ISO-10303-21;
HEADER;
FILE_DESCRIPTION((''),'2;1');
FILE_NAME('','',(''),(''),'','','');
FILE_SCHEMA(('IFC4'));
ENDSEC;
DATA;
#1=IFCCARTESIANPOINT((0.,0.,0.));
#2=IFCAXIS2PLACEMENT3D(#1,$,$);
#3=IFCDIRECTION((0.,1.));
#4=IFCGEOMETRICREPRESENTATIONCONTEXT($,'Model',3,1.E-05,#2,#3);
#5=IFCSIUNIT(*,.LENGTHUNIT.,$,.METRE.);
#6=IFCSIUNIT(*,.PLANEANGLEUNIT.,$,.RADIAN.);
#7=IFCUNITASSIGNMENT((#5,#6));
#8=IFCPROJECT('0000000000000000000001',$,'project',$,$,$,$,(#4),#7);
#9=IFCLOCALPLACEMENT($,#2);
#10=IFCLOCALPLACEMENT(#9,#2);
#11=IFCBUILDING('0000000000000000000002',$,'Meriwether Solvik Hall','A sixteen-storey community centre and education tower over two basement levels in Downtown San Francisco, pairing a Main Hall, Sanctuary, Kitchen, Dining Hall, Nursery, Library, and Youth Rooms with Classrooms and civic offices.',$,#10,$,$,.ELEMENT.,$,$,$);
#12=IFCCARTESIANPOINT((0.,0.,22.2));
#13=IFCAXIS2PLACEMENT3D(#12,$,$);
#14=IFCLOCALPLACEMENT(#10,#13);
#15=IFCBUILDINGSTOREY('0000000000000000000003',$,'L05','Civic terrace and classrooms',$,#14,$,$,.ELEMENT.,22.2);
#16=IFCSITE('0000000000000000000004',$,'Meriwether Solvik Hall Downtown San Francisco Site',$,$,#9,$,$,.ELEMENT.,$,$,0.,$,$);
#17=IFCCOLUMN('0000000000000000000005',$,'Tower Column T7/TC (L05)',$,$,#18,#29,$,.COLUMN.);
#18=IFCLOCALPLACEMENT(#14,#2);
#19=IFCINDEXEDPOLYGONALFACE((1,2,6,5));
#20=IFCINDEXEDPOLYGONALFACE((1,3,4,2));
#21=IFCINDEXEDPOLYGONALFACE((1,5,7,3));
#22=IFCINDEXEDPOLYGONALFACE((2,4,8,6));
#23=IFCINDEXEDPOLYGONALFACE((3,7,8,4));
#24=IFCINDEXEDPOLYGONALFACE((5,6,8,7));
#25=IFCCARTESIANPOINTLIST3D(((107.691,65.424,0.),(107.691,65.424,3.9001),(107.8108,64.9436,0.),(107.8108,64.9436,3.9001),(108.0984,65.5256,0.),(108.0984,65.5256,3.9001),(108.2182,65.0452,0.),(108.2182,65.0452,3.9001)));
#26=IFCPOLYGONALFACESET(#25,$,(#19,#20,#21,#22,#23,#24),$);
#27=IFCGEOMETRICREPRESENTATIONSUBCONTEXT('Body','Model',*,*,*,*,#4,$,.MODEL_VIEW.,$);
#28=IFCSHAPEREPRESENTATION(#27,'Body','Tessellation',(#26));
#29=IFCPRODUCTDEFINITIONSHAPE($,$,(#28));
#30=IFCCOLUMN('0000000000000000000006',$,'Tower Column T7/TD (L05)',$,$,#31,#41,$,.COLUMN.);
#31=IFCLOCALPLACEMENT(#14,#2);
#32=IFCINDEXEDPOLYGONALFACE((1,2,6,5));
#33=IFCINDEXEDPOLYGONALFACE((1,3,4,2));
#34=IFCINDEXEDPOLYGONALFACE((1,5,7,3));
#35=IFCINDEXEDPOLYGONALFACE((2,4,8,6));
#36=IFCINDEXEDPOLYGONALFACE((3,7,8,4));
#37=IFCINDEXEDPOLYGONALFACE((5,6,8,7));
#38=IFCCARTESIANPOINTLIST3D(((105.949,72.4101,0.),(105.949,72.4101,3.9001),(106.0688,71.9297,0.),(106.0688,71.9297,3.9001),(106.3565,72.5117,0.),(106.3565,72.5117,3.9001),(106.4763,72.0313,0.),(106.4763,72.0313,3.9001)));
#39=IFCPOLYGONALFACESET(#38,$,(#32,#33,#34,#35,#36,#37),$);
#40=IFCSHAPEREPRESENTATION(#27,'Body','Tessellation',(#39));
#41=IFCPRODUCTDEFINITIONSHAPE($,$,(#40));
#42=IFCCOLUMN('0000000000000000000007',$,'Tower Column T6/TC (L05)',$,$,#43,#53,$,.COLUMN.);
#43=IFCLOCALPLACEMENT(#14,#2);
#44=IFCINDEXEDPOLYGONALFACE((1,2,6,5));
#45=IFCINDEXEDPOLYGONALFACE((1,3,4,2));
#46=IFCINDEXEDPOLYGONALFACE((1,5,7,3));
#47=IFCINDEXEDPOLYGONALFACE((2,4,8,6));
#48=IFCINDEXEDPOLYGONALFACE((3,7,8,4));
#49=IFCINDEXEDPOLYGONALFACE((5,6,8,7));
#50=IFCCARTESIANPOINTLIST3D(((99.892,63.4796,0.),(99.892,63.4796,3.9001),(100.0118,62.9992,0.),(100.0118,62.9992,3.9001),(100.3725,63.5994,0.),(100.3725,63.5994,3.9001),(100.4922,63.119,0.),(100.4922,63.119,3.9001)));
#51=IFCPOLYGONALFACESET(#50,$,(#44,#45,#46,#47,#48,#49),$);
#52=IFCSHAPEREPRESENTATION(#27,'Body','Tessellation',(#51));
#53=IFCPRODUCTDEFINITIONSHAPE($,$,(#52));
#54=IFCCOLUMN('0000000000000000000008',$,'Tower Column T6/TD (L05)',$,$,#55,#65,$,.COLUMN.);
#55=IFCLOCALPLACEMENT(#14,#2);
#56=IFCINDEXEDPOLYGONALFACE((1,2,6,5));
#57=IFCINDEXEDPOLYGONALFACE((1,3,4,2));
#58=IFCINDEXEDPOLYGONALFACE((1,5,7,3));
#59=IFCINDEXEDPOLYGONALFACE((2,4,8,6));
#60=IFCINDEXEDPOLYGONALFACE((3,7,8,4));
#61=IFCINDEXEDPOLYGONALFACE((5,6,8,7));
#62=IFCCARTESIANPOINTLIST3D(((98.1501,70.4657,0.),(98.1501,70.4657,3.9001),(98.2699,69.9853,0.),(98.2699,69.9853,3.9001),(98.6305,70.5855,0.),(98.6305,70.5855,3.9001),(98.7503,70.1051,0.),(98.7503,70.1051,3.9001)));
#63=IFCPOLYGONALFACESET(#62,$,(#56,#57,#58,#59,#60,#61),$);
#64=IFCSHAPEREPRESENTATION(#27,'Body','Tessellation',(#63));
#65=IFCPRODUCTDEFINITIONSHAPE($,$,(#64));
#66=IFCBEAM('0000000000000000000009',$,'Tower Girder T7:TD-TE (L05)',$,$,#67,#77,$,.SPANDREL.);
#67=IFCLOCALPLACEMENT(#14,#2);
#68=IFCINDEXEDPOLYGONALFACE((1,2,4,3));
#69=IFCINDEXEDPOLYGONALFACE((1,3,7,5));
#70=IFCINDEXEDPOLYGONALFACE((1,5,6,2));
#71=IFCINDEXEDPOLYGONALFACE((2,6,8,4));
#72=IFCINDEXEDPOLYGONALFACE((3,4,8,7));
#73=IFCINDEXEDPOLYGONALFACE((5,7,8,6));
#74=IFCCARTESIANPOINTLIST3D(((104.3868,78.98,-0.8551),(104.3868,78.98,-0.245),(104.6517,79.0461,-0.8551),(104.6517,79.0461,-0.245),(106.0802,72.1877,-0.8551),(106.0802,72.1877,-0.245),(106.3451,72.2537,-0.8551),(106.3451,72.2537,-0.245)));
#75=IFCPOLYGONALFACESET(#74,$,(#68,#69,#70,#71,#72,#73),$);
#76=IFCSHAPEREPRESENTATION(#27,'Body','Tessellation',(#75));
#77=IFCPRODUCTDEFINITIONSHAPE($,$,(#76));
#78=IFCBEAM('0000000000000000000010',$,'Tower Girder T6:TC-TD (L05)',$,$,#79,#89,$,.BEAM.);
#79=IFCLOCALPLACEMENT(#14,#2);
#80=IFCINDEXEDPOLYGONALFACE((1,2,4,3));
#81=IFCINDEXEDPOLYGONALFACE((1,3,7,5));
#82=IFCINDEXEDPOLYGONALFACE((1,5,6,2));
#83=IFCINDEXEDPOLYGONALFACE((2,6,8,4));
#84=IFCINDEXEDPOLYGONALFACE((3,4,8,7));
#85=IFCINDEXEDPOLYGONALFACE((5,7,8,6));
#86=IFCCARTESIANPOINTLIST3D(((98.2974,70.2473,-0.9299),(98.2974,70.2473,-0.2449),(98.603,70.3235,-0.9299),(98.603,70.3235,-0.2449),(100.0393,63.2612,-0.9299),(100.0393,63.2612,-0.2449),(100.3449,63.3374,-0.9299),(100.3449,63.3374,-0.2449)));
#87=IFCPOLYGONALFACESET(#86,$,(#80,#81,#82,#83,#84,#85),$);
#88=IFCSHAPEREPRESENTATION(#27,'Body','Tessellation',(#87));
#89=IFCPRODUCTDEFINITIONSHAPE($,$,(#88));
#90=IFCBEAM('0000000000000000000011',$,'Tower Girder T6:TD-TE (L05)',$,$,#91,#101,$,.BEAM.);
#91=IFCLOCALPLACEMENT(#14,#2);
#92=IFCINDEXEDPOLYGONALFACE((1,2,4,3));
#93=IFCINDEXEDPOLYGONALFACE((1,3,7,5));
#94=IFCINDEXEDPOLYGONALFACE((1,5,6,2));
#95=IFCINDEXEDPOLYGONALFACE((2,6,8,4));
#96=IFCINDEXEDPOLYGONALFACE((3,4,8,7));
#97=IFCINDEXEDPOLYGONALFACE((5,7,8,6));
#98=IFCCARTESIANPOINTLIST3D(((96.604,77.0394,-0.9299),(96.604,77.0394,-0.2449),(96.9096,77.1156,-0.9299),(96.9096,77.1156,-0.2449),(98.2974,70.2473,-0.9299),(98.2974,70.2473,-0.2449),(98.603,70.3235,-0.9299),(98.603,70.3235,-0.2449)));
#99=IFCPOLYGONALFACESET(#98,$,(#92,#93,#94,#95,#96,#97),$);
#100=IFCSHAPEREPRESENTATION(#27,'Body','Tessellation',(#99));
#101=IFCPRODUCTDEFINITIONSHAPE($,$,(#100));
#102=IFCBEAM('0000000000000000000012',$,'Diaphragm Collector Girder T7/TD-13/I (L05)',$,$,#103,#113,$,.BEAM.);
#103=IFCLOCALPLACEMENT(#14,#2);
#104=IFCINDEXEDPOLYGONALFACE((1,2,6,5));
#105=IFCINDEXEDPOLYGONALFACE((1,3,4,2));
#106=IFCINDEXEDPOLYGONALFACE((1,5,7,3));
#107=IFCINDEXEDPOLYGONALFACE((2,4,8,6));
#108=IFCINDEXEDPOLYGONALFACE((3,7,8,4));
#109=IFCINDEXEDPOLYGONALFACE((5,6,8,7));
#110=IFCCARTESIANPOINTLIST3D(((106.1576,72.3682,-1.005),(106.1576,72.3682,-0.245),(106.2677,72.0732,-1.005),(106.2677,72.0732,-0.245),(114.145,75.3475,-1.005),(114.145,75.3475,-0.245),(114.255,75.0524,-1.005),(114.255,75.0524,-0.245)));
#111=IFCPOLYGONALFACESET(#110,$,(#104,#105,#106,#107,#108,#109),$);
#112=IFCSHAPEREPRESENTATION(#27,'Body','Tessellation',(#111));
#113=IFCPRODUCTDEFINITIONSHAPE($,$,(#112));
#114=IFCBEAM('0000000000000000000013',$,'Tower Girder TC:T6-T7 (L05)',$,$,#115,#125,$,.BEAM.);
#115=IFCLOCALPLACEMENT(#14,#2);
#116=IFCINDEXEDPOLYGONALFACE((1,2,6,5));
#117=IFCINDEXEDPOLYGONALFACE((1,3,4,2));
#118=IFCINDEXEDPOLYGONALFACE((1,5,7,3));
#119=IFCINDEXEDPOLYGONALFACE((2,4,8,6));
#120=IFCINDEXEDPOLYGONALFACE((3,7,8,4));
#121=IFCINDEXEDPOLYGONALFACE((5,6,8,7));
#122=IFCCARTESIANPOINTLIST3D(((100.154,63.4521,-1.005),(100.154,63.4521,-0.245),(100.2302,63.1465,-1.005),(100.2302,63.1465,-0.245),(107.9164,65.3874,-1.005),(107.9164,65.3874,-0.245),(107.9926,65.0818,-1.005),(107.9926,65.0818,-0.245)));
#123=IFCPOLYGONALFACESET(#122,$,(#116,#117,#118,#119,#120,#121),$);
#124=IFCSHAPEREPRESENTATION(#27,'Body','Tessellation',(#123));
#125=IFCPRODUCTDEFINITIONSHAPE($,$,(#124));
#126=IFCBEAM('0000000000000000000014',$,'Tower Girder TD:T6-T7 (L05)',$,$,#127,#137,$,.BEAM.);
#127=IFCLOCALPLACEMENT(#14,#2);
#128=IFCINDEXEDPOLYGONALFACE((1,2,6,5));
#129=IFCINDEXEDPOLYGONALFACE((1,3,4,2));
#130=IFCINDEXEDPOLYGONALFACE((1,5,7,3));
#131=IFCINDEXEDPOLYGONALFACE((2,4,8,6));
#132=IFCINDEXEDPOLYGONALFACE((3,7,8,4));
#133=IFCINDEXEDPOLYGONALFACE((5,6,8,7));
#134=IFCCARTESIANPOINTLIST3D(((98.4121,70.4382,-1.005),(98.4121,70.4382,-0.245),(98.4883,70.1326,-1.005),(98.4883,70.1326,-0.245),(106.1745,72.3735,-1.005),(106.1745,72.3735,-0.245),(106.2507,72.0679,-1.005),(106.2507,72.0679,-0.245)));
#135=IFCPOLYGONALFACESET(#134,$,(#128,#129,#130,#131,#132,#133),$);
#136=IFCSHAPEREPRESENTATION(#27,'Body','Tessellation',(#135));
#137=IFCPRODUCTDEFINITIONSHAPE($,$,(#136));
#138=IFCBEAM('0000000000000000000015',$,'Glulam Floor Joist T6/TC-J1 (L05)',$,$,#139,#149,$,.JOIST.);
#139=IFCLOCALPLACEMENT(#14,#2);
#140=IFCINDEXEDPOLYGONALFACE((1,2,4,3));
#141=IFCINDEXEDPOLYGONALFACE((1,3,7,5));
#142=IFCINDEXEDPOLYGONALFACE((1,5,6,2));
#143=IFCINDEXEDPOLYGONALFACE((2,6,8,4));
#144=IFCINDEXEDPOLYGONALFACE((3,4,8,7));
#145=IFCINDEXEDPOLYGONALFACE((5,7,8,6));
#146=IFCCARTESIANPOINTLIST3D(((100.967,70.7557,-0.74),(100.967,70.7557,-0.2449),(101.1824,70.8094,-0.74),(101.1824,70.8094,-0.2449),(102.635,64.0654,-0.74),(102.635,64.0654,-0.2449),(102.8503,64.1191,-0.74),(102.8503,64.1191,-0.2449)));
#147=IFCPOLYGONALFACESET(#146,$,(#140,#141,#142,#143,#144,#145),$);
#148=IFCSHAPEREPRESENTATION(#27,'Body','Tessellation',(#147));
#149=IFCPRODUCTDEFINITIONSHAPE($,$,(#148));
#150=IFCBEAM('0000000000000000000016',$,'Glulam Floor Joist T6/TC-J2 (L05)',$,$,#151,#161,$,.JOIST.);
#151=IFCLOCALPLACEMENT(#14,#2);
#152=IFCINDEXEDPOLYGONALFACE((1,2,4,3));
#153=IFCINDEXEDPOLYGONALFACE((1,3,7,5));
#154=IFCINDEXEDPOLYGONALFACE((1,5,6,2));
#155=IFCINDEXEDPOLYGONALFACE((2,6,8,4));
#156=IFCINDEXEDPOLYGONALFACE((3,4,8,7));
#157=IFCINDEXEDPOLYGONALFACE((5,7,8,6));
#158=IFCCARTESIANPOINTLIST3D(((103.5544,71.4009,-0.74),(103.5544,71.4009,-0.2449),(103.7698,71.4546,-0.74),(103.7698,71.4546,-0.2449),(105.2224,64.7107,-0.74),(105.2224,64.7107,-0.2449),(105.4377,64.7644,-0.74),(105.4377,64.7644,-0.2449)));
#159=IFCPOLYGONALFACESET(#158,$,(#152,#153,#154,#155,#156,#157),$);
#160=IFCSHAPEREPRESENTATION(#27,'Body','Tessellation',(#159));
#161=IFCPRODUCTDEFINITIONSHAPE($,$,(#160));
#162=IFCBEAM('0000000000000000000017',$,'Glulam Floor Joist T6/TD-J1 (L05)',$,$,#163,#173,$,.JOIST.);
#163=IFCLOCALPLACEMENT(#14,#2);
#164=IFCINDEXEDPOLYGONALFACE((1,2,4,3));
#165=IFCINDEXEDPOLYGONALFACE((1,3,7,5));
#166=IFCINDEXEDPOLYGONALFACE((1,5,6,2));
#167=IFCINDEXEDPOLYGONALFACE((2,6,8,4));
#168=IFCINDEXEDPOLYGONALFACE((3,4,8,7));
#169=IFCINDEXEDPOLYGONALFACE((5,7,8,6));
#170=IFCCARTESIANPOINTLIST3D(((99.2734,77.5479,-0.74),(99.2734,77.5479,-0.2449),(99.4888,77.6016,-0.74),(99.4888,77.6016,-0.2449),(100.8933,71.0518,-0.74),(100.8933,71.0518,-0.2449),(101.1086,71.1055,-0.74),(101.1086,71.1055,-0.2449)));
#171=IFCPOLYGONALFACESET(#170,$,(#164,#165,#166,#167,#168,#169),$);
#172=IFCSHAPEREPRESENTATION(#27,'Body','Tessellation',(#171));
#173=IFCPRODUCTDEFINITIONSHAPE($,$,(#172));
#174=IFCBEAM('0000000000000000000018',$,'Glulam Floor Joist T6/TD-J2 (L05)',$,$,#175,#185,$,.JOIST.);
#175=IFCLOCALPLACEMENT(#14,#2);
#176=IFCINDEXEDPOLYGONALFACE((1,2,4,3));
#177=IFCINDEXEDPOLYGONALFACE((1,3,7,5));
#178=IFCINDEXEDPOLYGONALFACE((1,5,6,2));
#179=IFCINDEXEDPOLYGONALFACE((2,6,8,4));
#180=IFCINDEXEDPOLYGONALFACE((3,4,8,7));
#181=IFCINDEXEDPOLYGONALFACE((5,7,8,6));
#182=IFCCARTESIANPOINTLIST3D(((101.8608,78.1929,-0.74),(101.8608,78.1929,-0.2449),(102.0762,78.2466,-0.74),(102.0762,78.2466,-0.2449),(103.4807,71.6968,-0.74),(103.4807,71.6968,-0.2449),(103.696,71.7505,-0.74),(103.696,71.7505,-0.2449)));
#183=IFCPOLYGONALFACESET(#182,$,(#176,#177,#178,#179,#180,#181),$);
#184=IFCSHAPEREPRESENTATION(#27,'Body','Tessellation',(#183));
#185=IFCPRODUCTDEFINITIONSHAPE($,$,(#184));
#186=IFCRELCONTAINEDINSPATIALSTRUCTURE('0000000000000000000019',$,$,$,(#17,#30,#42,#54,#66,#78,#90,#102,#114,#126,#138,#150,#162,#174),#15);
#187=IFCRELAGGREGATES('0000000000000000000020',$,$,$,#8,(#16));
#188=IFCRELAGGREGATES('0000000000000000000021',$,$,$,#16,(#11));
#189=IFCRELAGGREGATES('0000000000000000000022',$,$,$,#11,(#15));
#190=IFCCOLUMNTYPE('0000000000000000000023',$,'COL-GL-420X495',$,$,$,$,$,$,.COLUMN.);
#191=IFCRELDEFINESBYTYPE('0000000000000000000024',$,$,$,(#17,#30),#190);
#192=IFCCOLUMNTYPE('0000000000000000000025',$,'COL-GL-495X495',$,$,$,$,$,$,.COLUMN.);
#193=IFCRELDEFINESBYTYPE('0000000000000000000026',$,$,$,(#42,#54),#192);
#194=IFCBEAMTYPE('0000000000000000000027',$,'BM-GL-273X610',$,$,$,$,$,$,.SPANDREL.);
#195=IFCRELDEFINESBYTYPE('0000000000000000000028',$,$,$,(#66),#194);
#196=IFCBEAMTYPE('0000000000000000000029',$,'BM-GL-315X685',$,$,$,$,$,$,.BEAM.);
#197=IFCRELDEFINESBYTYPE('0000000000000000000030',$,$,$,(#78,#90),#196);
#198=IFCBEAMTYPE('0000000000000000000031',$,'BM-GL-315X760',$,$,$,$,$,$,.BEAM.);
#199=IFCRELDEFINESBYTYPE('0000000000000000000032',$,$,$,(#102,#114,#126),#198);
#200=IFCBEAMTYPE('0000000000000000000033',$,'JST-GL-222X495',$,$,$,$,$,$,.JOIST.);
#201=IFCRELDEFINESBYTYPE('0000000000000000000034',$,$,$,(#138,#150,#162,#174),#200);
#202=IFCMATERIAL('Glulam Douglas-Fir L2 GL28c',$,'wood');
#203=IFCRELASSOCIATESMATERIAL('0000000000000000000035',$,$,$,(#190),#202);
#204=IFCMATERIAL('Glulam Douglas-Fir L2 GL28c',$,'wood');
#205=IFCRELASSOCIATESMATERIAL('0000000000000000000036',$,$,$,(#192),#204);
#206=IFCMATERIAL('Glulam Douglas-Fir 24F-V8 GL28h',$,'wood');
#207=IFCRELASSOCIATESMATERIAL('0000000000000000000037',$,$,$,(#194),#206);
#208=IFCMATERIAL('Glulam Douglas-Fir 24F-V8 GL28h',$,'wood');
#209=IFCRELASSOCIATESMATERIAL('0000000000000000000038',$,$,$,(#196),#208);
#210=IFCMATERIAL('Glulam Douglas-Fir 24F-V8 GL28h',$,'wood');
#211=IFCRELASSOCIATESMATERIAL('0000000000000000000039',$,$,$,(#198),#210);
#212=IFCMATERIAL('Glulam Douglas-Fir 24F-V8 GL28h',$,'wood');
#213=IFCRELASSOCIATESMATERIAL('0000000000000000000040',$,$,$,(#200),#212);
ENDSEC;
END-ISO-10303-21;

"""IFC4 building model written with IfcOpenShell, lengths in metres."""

from ifc_helpers import new_model, si_unit, direction, frame, origin, origin_2d, place, context, subcontext, project, spatial, rectangle, extrude, material, material_profile, profile_set, type_object, element, save


model = new_model("IFC4")

# Units and contexts
model_context = context("Model", 3, precision=1e-05, world=origin(), true_north=direction((0.0, 1.0)))
body_context = subcontext(model_context, "Body", "Model", "MODEL_VIEW")
ifc_project = project(units=[si_unit("LENGTHUNIT", "METRE"), si_unit("PLANEANGLEUNIT", "RADIAN")], contexts=[model_context])

# Site, building, storey
site_placement = place(None, origin())
site = spatial("IfcSite", under=ifc_project, at=site_placement, Name="Meriwether Solvik Hall Downtown San Francisco Site", CompositionType="ELEMENT", RefElevation=0.0)
building_placement = place(site_placement, origin())
building = spatial("IfcBuilding", under=site, at=building_placement, Name="Meriwether Solvik Hall", Description="A sixteen-storey community centre and education tower over two basement levels in Downtown San Francisco, pairing a Main Hall, Sanctuary, Kitchen, Dining Hall, Nursery, Library, and Youth Rooms with Classrooms and civic offices.", CompositionType="ELEMENT")
storey_placement = place(building_placement, frame((0.0, 0.0, 22.2)))
storey = spatial("IfcBuildingStorey", under=building, at=storey_placement, Name="L05", Description="Civic terrace and classrooms", CompositionType="ELEMENT", Elevation=22.2)

# Columns
ifc_material_1 = material(Name="Glulam Douglas-Fir L2 GL28c", Category="wood")
ifc_material_profile_1 = material_profile(ifc_material_1, rectangle(XDim=0.4199, YDim=0.4951, at=origin_2d()), Name="GLC-420X495")
ifc_profile_set_1 = profile_set([ifc_material_profile_1], Name="Glulam Douglas-Fir L2 GL28c")
column_type_1 = type_object("IfcColumnType", Name="COL-GL-420X495", PredefinedType="COLUMN", material=ifc_profile_set_1)
for number, where, z_axis, x_axis, name in (
    (1, (107.9546, 65.2346, 0.0), (0.0, 0.0, 1.0), (0.970296, 0.241922, 0.0), "Tower Column T7/TC (L05)"),
    (2, (106.2126, 72.2207, 0.0), (0.0, 0.0, 1.0), (0.970296, 0.241922, 0.0), "Tower Column T7/TD (L05)"),
):
    element("IfcColumn", number, at=place(storey_placement, frame(where, z_axis=z_axis, x_axis=x_axis)), inside=storey, type_object=column_type_1, Name=name, PredefinedType="COLUMN", context=body_context, shape_type="SweptSolid", body=[
        extrude(rectangle(XDim=0.4199, YDim=0.4951, at=origin_2d()), origin(), (0.0, 0.0, 1.0), 3.9001),
    ])
ifc_material_2 = material(Name="Glulam Douglas-Fir L2 GL28c", Category="wood")
ifc_material_profile_2 = material_profile(ifc_material_2, rectangle(XDim=0.4951, YDim=0.4951, at=origin_2d()), Name="GLC-495X495")
ifc_profile_set_2 = profile_set([ifc_material_profile_2], Name="Glulam Douglas-Fir L2 GL28c")
column_type_2 = type_object("IfcColumnType", Name="COL-GL-495X495", PredefinedType="COLUMN", material=ifc_profile_set_2)
for number, where, z_axis, x_axis, name in (
    (3, (100.1921, 63.2993, 0.0), (0.0, 0.0, 1.0), (0.970296, 0.241922, 0.0), "Tower Column T6/TC (L05)"),
    (4, (98.4502, 70.2854, 0.0), (0.0, 0.0, 1.0), (0.970296, 0.241922, 0.0), "Tower Column T6/TD (L05)"),
):
    element("IfcColumn", number, at=place(storey_placement, frame(where, z_axis=z_axis, x_axis=x_axis)), inside=storey, type_object=column_type_2, Name=name, PredefinedType="COLUMN", context=body_context, shape_type="SweptSolid", body=[
        extrude(rectangle(XDim=0.4951, YDim=0.4951, at=origin_2d()), origin(), (0.0, 0.0, 1.0), 3.9001),
    ])

# Beams
ifc_material_3 = material(Name="Glulam Douglas-Fir 24F-V8 GL28h", Category="wood")
ifc_material_profile_3 = material_profile(ifc_material_3, rectangle(XDim=0.2729, YDim=0.6101, at=origin_2d()), Name="GLB-273X610")
ifc_profile_set_3 = profile_set([ifc_material_profile_3], Name="Glulam Douglas-Fir 24F-V8 GL28h")
beam_type_1 = type_object("IfcBeamType", Name="BM-GL-273X610", PredefinedType="SPANDREL", material=ifc_profile_set_3)
beam_1_placement = place(storey_placement, frame((106.2126, 72.2207, -0.55), z_axis=(-0.241904, 0.9703, 0.0), x_axis=(-0.9703, -0.241904, 0.0)))
element("IfcBeam", 5, at=beam_1_placement, inside=storey, type_object=beam_type_1, Name="Tower Girder T7:TD-TE (L05)", PredefinedType="SPANDREL", context=body_context, shape_type="SweptSolid", body=[
    extrude(rectangle(XDim=0.2729, YDim=0.6101, at=origin_2d()), origin(), (0.0, 0.0, 1.0), 7.0002),
])
ifc_material_4 = material(Name="Glulam Douglas-Fir 24F-V8 GL28h", Category="wood")
ifc_material_profile_4 = material_profile(ifc_material_4, rectangle(XDim=0.3149, YDim=0.6851, at=origin_2d()), Name="GLB-315X685")
ifc_profile_set_4 = profile_set([ifc_material_profile_4], Name="Glulam Douglas-Fir 24F-V8 GL28h")
beam_type_2 = type_object("IfcBeamType", Name="BM-GL-315X685", PredefinedType="BEAM", material=ifc_profile_set_4)
beam_2_placement = place(storey_placement, frame((100.1921, 63.2993, -0.5874), z_axis=(-0.241937, 0.970292, 0.0), x_axis=(-0.970292, -0.241937, 0.0)))
element("IfcBeam", 6, at=beam_2_placement, inside=storey, type_object=beam_type_2, Name="Tower Girder T6:TC-TD (L05)", PredefinedType="BEAM", context=body_context, shape_type="SweptSolid", body=[
    extrude(rectangle(XDim=0.3149, YDim=0.6851, at=origin_2d()), origin(), (0.0, 0.0, 1.0), 7.2),
])
beam_3_placement = place(storey_placement, frame((98.4502, 70.2854, -0.5874), z_axis=(-0.241912, 0.970298, 0.0), x_axis=(-0.970298, -0.241912, 0.0)))
element("IfcBeam", 7, at=beam_3_placement, inside=storey, type_object=beam_type_2, Name="Tower Girder T6:TD-TE (L05)", PredefinedType="BEAM", context=body_context, shape_type="SweptSolid", body=[
    extrude(rectangle(XDim=0.3149, YDim=0.6851, at=origin_2d()), origin(), (0.0, 0.0, 1.0), 7.0),
])
ifc_material_5 = material(Name="Glulam Douglas-Fir 24F-V8 GL28h", Category="wood")
ifc_material_profile_5 = material_profile(ifc_material_5, rectangle(XDim=0.3149, YDim=0.76, at=origin_2d()), Name="GLB-315X760")
ifc_profile_set_5 = profile_set([ifc_material_profile_5], Name="Glulam Douglas-Fir 24F-V8 GL28h")
beam_type_3 = type_object("IfcBeamType", Name="BM-GL-315X760", PredefinedType="BEAM", material=ifc_profile_set_5)
beam_4_placement = place(storey_placement, frame((106.2126, 72.2207, -0.625), z_axis=(0.936944, 0.349478, 0.0), x_axis=(-0.349478, 0.936944, 0.0)))
element("IfcBeam", 8, at=beam_4_placement, inside=storey, type_object=beam_type_3, Name="Diaphragm Collector Girder T7/TD-13/I (L05)", PredefinedType="BEAM", context=body_context, shape_type="SweptSolid", body=[
    extrude(rectangle(XDim=0.3149, YDim=0.76, at=origin_2d()), origin(), (0.0, 0.0, 1.0), 8.5249),
])
for number, where, z_axis, x_axis, name in (
    (9, (100.1921, 63.2993, -0.625), (0.970298, 0.241911, 0.0), (-0.241911, 0.970298, 0.0), "Tower Girder TC:T6-T7 (L05)"),
    (10, (98.4502, 70.2854, -0.625), (0.970298, 0.241911, 0.0), (-0.241911, 0.970298, 0.0), "Tower Girder TD:T6-T7 (L05)"),
):
    element("IfcBeam", number, at=place(storey_placement, frame(where, z_axis=z_axis, x_axis=x_axis)), inside=storey, type_object=beam_type_3, Name=name, PredefinedType="BEAM", context=body_context, shape_type="SweptSolid", body=[
        extrude(rectangle(XDim=0.3149, YDim=0.76, at=origin_2d()), origin(), (0.0, 0.0, 1.0), 8.0),
    ])
ifc_material_6 = material(Name="Glulam Douglas-Fir 24F-V8 GL28h", Category="wood")
ifc_material_profile_6 = material_profile(ifc_material_6, rectangle(XDim=0.2219, YDim=0.4951, at=origin_2d()), Name="GLJ-222X495")
ifc_profile_set_6 = profile_set([ifc_material_profile_6], Name="Glulam Douglas-Fir 24F-V8 GL28h")
beam_type_4 = type_object("IfcBeamType", Name="JST-GL-222X495", PredefinedType="JOIST", material=ifc_profile_set_6)
for number, where, z_axis, x_axis, name in (
    (11, (102.7427, 64.0923, -0.4924), (-0.241911, 0.970299, 0.0), (-0.970299, -0.241911, 0.0), "Glulam Floor Joist T6/TC-J1 (L05)"),
    (12, (105.3301, 64.7375, -0.4924), (-0.241911, 0.970299, 0.0), (-0.970299, -0.241911, 0.0), "Glulam Floor Joist T6/TC-J2 (L05)"),
):
    element("IfcBeam", number, at=place(storey_placement, frame(where, z_axis=z_axis, x_axis=x_axis)), inside=storey, type_object=beam_type_4, Name=name, PredefinedType="JOIST", context=body_context, shape_type="SweptSolid", body=[
        extrude(rectangle(XDim=0.2219, YDim=0.4951, at=origin_2d()), origin(), (0.0, 0.0, 1.0), 6.895),
    ])
for number, where, z_axis, x_axis, name in (
    (13, (101.001, 71.0786, -0.4924), (-0.241952, 0.970288, 0.0), (-0.970288, -0.241952, 0.0), "Glulam Floor Joist T6/TD-J1 (L05)"),
    (14, (103.5884, 71.7236, -0.4924), (-0.241952, 0.970288, 0.0), (-0.970288, -0.241952, 0.0), "Glulam Floor Joist T6/TD-J2 (L05)"),
):
    element("IfcBeam", number, at=place(storey_placement, frame(where, z_axis=z_axis, x_axis=x_axis)), inside=storey, type_object=beam_type_4, Name=name, PredefinedType="JOIST", context=body_context, shape_type="SweptSolid", body=[
        extrude(rectangle(XDim=0.2219, YDim=0.4951, at=origin_2d()), origin(), (0.0, 0.0, 1.0), 6.6951),
    ])

save(model, "model.ifc")
